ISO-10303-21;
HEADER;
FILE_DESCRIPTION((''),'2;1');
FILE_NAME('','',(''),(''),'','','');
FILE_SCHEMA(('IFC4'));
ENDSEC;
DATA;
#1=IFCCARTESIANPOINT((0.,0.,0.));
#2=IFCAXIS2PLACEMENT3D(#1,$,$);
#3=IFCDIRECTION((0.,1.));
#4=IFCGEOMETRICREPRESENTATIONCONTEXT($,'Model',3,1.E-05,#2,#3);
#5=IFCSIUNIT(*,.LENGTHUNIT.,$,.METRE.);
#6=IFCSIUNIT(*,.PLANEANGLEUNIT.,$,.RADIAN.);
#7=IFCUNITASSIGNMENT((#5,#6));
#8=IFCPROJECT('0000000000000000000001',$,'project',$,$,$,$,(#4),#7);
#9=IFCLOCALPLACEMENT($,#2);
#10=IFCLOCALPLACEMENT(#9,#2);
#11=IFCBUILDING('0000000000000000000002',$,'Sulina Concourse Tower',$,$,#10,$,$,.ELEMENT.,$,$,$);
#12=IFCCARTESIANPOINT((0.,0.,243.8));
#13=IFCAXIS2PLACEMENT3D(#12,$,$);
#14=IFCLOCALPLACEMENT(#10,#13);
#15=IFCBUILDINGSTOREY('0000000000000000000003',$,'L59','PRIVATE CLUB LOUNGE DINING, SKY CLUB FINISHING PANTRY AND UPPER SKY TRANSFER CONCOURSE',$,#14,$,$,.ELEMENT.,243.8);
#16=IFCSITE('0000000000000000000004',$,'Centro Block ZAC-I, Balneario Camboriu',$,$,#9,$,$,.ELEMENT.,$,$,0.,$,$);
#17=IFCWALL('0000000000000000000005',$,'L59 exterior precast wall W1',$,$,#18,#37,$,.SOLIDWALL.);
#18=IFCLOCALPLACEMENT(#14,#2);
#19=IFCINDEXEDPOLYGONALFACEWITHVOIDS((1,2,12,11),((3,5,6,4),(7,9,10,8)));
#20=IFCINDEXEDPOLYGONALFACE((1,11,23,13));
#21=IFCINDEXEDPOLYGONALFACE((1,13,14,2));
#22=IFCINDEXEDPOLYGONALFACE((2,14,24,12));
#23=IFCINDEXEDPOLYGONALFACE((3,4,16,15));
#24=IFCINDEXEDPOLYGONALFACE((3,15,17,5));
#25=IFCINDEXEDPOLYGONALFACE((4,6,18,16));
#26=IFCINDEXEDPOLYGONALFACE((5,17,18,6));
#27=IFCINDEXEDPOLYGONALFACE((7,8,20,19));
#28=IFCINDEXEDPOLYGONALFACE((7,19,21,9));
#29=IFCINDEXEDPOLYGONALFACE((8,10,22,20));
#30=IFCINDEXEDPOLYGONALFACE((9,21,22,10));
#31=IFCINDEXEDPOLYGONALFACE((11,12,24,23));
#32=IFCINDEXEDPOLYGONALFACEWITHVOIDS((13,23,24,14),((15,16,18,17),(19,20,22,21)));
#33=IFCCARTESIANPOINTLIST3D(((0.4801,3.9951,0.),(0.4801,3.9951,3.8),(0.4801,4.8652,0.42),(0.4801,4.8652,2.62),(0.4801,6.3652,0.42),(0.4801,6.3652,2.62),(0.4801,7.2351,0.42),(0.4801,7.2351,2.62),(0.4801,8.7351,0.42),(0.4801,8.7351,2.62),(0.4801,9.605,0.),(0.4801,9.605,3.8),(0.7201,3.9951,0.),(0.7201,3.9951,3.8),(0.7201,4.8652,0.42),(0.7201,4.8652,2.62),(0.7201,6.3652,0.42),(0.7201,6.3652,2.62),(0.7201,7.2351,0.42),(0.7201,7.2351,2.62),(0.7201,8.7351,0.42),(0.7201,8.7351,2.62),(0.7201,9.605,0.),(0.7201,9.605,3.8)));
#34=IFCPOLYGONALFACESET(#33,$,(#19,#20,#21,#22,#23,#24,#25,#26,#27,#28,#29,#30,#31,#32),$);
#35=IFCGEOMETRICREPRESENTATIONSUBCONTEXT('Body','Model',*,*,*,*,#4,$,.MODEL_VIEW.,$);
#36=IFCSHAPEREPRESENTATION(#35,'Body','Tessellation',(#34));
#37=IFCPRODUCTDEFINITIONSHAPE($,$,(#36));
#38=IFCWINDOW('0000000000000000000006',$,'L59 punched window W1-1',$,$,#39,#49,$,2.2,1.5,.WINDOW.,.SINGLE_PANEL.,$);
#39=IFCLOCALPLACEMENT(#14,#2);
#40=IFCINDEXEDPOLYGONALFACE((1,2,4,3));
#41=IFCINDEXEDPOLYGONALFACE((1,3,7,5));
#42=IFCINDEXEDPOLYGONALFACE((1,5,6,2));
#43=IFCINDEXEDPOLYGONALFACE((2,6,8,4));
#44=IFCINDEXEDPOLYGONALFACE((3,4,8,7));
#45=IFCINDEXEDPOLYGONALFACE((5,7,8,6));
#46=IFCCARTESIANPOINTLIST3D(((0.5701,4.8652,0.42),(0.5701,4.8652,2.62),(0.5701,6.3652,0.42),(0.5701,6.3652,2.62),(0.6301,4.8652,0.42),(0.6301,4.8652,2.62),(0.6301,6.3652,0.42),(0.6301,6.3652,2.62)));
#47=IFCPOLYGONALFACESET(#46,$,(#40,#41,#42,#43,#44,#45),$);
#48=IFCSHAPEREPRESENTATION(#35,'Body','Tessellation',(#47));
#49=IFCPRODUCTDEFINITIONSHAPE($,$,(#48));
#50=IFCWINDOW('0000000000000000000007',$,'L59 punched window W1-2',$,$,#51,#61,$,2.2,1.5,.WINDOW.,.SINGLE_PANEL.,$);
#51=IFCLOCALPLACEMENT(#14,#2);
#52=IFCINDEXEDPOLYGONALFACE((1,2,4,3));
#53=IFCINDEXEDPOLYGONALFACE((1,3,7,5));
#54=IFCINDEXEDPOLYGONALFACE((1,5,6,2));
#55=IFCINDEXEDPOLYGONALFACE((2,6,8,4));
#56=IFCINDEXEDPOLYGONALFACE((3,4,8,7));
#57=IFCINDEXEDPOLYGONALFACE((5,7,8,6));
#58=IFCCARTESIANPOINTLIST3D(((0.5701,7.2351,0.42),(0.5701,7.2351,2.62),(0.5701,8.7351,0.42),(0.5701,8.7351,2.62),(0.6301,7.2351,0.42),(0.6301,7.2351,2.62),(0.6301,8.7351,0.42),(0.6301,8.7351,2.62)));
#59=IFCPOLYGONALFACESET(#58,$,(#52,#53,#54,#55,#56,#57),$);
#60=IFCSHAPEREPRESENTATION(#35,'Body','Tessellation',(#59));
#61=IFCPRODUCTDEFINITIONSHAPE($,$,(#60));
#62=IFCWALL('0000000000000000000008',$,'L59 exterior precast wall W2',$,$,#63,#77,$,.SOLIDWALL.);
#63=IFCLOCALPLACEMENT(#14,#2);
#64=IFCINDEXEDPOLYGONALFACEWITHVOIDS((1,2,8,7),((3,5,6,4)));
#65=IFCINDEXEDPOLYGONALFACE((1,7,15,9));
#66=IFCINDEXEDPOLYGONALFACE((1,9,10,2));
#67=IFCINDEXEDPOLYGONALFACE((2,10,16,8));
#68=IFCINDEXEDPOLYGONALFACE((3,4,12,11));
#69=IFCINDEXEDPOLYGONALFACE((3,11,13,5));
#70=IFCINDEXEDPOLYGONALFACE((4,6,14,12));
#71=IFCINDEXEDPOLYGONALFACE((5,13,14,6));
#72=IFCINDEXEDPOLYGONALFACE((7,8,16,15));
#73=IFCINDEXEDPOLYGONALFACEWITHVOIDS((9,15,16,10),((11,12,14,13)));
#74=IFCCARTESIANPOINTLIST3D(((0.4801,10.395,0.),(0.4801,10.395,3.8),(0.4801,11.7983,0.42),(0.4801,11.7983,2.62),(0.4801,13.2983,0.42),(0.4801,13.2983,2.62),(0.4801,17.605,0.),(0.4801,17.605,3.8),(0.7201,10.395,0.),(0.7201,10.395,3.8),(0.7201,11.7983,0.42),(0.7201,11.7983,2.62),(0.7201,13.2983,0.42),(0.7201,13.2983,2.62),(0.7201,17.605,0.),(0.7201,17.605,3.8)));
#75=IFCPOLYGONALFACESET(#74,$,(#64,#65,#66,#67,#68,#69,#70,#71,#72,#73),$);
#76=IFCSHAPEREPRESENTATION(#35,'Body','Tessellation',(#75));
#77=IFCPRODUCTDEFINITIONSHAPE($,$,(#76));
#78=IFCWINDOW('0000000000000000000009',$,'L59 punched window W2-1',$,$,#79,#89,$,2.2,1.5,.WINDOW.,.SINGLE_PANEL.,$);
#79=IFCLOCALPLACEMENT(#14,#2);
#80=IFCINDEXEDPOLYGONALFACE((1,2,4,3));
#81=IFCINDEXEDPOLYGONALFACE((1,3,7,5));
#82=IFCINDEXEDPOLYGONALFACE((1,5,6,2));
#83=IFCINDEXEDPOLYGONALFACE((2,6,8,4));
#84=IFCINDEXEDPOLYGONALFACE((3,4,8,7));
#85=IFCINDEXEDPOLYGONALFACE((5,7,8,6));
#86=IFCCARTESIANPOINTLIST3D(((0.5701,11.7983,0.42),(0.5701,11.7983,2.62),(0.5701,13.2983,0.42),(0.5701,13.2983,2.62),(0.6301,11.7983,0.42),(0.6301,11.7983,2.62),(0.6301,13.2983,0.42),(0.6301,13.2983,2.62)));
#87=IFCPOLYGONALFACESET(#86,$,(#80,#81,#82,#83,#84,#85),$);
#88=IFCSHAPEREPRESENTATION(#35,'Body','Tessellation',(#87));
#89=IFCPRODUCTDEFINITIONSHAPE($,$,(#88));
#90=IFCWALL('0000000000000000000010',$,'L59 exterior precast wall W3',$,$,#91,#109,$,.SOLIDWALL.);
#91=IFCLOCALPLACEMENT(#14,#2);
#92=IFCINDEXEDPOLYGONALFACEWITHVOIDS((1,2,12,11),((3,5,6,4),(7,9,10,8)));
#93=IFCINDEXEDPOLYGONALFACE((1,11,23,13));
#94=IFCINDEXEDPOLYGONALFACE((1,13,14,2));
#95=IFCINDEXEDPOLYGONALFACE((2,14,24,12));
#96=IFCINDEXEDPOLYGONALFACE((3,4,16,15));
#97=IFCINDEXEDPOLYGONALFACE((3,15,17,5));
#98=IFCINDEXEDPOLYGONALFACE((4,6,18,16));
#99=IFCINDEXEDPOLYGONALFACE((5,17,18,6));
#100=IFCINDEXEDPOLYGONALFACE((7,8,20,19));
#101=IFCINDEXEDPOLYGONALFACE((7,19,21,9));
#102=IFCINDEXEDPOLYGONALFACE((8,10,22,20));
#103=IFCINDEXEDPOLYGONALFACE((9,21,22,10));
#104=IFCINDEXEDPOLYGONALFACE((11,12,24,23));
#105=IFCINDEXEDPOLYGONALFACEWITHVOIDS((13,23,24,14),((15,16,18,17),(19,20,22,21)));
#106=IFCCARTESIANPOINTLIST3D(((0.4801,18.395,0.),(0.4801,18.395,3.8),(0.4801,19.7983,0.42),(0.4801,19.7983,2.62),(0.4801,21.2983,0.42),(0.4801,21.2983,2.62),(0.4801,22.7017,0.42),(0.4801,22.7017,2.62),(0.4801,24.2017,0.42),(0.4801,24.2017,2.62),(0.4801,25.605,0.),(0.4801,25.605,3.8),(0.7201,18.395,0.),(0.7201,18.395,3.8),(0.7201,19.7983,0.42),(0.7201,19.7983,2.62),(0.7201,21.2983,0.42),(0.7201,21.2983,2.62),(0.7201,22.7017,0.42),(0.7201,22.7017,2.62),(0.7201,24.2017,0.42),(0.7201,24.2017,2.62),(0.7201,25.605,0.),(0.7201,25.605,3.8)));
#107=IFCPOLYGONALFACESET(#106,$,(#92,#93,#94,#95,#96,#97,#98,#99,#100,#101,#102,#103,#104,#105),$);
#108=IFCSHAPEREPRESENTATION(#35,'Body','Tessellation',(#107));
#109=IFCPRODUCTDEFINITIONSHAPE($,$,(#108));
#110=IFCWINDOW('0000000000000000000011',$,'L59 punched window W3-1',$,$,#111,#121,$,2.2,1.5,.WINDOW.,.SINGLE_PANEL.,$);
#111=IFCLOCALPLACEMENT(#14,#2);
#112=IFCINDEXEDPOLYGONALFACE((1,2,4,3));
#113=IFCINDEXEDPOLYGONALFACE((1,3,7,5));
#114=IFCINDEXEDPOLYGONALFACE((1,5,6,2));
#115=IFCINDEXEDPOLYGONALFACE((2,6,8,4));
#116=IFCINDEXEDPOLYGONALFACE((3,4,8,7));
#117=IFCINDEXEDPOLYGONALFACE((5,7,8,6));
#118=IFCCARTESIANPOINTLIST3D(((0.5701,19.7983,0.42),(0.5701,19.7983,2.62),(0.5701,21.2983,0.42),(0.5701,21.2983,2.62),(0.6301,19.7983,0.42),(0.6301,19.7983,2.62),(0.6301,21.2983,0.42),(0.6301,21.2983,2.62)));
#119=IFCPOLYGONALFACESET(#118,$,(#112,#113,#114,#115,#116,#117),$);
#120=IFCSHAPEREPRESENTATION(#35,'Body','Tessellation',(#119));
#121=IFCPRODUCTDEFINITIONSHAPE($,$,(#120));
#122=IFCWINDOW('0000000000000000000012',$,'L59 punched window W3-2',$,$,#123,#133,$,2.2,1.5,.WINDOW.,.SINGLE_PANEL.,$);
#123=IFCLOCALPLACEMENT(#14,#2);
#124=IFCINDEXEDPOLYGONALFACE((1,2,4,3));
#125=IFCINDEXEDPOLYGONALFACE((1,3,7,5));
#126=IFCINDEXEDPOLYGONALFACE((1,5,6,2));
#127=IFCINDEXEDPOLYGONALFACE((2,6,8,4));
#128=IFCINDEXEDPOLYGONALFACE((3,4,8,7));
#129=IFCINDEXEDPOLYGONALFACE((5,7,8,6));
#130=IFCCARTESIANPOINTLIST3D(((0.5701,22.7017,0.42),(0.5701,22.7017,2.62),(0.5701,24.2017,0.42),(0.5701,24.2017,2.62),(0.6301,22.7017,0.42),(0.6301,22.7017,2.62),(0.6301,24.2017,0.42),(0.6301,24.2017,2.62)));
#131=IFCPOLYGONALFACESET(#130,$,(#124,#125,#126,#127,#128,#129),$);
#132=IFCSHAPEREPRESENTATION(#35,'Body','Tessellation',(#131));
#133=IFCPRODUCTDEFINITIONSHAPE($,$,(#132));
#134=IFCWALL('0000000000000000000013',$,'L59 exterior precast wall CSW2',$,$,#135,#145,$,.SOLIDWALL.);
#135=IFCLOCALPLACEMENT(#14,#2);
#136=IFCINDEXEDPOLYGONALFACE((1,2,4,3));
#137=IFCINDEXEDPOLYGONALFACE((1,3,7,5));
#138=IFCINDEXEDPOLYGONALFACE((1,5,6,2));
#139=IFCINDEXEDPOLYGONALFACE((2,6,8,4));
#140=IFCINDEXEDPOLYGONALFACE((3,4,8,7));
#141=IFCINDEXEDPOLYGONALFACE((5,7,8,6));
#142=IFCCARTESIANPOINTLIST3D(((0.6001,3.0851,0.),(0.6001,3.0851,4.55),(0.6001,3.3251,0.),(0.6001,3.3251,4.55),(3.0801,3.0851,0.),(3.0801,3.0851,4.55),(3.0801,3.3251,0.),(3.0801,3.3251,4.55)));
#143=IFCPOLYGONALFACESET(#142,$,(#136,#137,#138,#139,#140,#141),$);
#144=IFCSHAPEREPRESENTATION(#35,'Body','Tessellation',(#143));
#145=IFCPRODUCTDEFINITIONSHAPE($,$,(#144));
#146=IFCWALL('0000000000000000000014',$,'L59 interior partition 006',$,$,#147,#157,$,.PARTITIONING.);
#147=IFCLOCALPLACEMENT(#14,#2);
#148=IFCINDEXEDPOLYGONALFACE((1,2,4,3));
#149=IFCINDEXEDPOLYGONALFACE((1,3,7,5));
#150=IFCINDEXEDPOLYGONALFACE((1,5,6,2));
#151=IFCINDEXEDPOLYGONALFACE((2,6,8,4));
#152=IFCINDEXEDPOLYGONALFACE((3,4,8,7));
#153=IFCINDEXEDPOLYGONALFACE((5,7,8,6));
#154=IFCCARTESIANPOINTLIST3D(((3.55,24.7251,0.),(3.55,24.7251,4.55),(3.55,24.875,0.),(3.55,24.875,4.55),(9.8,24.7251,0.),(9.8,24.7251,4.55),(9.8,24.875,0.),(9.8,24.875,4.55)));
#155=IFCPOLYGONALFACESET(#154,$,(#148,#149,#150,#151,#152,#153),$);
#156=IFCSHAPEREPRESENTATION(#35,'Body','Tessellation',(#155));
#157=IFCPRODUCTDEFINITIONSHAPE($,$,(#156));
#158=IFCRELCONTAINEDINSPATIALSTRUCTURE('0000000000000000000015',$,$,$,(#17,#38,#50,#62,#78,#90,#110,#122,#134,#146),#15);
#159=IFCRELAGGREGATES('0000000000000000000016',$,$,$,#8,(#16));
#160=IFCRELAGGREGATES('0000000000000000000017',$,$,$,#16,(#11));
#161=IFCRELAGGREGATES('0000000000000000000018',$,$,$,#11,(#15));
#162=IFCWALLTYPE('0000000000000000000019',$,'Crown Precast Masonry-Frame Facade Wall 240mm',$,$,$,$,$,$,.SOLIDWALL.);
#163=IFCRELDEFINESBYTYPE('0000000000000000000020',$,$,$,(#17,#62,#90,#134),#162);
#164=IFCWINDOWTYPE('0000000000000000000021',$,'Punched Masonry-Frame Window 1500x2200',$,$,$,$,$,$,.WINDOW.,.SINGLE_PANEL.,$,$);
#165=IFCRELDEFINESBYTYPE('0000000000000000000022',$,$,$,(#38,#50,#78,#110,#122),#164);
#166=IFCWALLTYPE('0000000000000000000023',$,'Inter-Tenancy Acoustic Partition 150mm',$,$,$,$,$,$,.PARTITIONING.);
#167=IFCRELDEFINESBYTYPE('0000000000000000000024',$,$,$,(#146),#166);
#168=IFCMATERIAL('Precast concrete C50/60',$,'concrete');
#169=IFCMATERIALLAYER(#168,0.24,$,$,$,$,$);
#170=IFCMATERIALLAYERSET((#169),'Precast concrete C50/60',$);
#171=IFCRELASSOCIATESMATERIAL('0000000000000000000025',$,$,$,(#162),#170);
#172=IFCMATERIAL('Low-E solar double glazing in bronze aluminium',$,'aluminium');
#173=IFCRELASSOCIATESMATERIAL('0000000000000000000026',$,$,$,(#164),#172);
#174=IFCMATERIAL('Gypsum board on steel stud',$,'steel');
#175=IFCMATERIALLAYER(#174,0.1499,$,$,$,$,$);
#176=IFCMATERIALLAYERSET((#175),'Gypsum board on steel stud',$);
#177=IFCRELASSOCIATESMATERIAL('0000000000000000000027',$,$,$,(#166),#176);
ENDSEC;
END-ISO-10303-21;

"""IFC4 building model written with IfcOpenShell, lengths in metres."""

from ifc_helpers import new_model, si_unit, direction, frame, frame_2d, origin, place, context, subcontext, project, spatial, rectangle, extrude, material, layer, layer_set, type_object, element, fill, save


model = new_model("IFC4")

# Units and contexts
model_context = context("Model", 3, precision=1e-05, world=origin(), true_north=direction((0.0, 1.0)))
body_context = subcontext(model_context, "Body", "Model", "MODEL_VIEW")
ifc_project = project(units=[si_unit("LENGTHUNIT", "METRE"), si_unit("PLANEANGLEUNIT", "RADIAN")], contexts=[model_context])

# Site, building, storey
site_placement = place(None, origin())
site = spatial("IfcSite", under=ifc_project, at=site_placement, Name="Centro Block ZAC-I, Balneario Camboriu", CompositionType="ELEMENT", RefElevation=0.0)
building_placement = place(site_placement, origin())
building = spatial("IfcBuilding", under=site, at=building_placement, Name="Sulina Concourse Tower", CompositionType="ELEMENT")
storey_placement = place(building_placement, frame((0.0, 0.0, 243.8)))
storey = spatial("IfcBuildingStorey", under=building, at=storey_placement, Name="L59", Description="PRIVATE CLUB LOUNGE DINING, SKY CLUB FINISHING PANTRY AND UPPER SKY TRANSFER CONCOURSE", CompositionType="ELEMENT", Elevation=243.8)

# Wall, openings, windows
ifc_material_1 = material(Name="Precast concrete C50/60", Category="concrete")
ifc_layer_1 = layer(ifc_material_1, 0.24)
ifc_layer_set_1 = layer_set([ifc_layer_1], Name="Precast concrete C50/60")
wall_type_1 = type_object("IfcWallType", Name="Crown Precast Masonry-Frame Facade Wall 240mm", PredefinedType="SOLIDWALL", material=ifc_layer_set_1)
wall_1_placement = place(storey_placement, frame((0.6001, 3.9951, 0.0), z_axis=(0.0, 0.0, 1.0), x_axis=(0.0, 1.0, 0.0)))
wall_1 = element("IfcWall", 1, at=wall_1_placement, inside=storey, type_object=wall_type_1, Name="L59 exterior precast wall W1", PredefinedType="SOLIDWALL", context=body_context, shape_type="SweptSolid", body=[
    extrude(rectangle(XDim=5.6099, YDim=0.24, at=frame_2d((2.8049, 0.0))), origin(), (0.0, 0.0, 1.0), 3.8),
])
opening_1_placement = place(wall_1_placement, frame((0.8701, 0.0, 0.4199)))
opening_1 = element("IfcOpeningElement", 2, at=opening_1_placement, cuts=wall_1, PredefinedType="OPENING", context=body_context, shape_type="SweptSolid", body=[
    extrude(rectangle(XDim=1.5, YDim=2.2, at=frame_2d((0.75, 1.1001))), frame((0.0, 0.1299, 0.0), z_axis=(0.0, -1.0, 0.0), x_axis=(1.0, 0.0, 0.0)), (0.0, 0.0, 1.0), 0.26),
])
opening_2_placement = place(wall_1_placement, frame((3.24, 0.0, 0.4199)))
opening_2 = element("IfcOpeningElement", 3, at=opening_2_placement, cuts=wall_1, PredefinedType="OPENING", context=body_context, shape_type="SweptSolid", body=[
    extrude(rectangle(XDim=1.5, YDim=2.2, at=frame_2d((0.75, 1.1001))), frame((0.0, 0.1299, 0.0), z_axis=(0.0, -1.0, 0.0), x_axis=(1.0, 0.0, 0.0)), (0.0, 0.0, 1.0), 0.26),
])
ifc_material_2 = material(Name="Low-E solar double glazing in bronze aluminium", Category="aluminium")
window_type = type_object("IfcWindowType", Name="Punched Masonry-Frame Window 1500x2200", PartitioningType="SINGLE_PANEL", PredefinedType="WINDOW", material=ifc_material_2)
window_1_placement = place(opening_1_placement, origin())
window_1 = element("IfcWindow", 4, at=window_1_placement, inside=storey, type_object=window_type, Name="L59 punched window W1-1", OverallHeight=2.2, OverallWidth=1.5, PartitioningType="SINGLE_PANEL", PredefinedType="WINDOW", context=body_context, shape_type="SweptSolid", body=[
    extrude(rectangle(XDim=1.5, YDim=2.2, at=frame_2d((0.75, 1.1001))), frame((0.0, 0.03, 0.0), z_axis=(0.0, -1.0, 0.0), x_axis=(1.0, 0.0, 0.0)), (0.0, 0.0, 1.0), 0.0601),
])
fill(opening_1, window_1)
window_2_placement = place(opening_2_placement, origin())
window_2 = element("IfcWindow", 5, at=window_2_placement, inside=storey, type_object=window_type, Name="L59 punched window W1-2", OverallHeight=2.2, OverallWidth=1.5, PartitioningType="SINGLE_PANEL", PredefinedType="WINDOW", context=body_context, shape_type="SweptSolid", body=[
    extrude(rectangle(XDim=1.5, YDim=2.2, at=frame_2d((0.75, 1.1001))), frame((0.0, 0.03, 0.0), z_axis=(0.0, -1.0, 0.0), x_axis=(1.0, 0.0, 0.0)), (0.0, 0.0, 1.0), 0.0601),
])
fill(opening_2, window_2)

# Wall, opening, window
wall_2_placement = place(storey_placement, frame((0.6001, 10.395, 0.0), z_axis=(0.0, 0.0, 1.0), x_axis=(0.0, 1.0, 0.0)))
wall_2 = element("IfcWall", 6, at=wall_2_placement, inside=storey, type_object=wall_type_1, Name="L59 exterior precast wall W2", PredefinedType="SOLIDWALL", context=body_context, shape_type="SweptSolid", body=[
    extrude(rectangle(XDim=7.21, YDim=0.24, at=frame_2d((3.605, 0.0))), origin(), (0.0, 0.0, 1.0), 3.8),
])
opening_3_placement = place(wall_2_placement, frame((1.4033, 0.0, 0.4199)))
opening_3 = element("IfcOpeningElement", 7, at=opening_3_placement, cuts=wall_2, PredefinedType="OPENING", context=body_context, shape_type="SweptSolid", body=[
    extrude(rectangle(XDim=1.5, YDim=2.2, at=frame_2d((0.75, 1.1001))), frame((0.0, 0.1299, 0.0), z_axis=(0.0, -1.0, 0.0), x_axis=(1.0, 0.0, 0.0)), (0.0, 0.0, 1.0), 0.26),
])
window_3_placement = place(opening_3_placement, origin())
window_3 = element("IfcWindow", 8, at=window_3_placement, inside=storey, type_object=window_type, Name="L59 punched window W2-1", OverallHeight=2.2, OverallWidth=1.5, PartitioningType="SINGLE_PANEL", PredefinedType="WINDOW", context=body_context, shape_type="SweptSolid", body=[
    extrude(rectangle(XDim=1.5, YDim=2.2, at=frame_2d((0.75, 1.1001))), frame((0.0, 0.03, 0.0), z_axis=(0.0, -1.0, 0.0), x_axis=(1.0, 0.0, 0.0)), (0.0, 0.0, 1.0), 0.0601),
])
fill(opening_3, window_3)

# Wall, openings, windows
wall_3_placement = place(storey_placement, frame((0.6001, 18.395, 0.0), z_axis=(0.0, 0.0, 1.0), x_axis=(0.0, 1.0, 0.0)))
wall_3 = element("IfcWall", 9, at=wall_3_placement, inside=storey, type_object=wall_type_1, Name="L59 exterior precast wall W3", PredefinedType="SOLIDWALL", context=body_context, shape_type="SweptSolid", body=[
    extrude(rectangle(XDim=7.21, YDim=0.24, at=frame_2d((3.605, 0.0))), origin(), (0.0, 0.0, 1.0), 3.8),
])
opening_4_placement = place(wall_3_placement, frame((1.4033, 0.0, 0.4199)))
opening_4 = element("IfcOpeningElement", 10, at=opening_4_placement, cuts=wall_3, PredefinedType="OPENING", context=body_context, shape_type="SweptSolid", body=[
    extrude(rectangle(XDim=1.5, YDim=2.2, at=frame_2d((0.75, 1.1001))), frame((0.0, 0.1299, 0.0), z_axis=(0.0, -1.0, 0.0), x_axis=(1.0, 0.0, 0.0)), (0.0, 0.0, 1.0), 0.26),
])
opening_5_placement = place(wall_3_placement, frame((4.3066, 0.0, 0.4199)))
opening_5 = element("IfcOpeningElement", 11, at=opening_5_placement, cuts=wall_3, PredefinedType="OPENING", context=body_context, shape_type="SweptSolid", body=[
    extrude(rectangle(XDim=1.5, YDim=2.2, at=frame_2d((0.75, 1.1001))), frame((0.0, 0.1299, 0.0), z_axis=(0.0, -1.0, 0.0), x_axis=(1.0, 0.0, 0.0)), (0.0, 0.0, 1.0), 0.26),
])
window_4_placement = place(opening_4_placement, origin())
window_4 = element("IfcWindow", 12, at=window_4_placement, inside=storey, type_object=window_type, Name="L59 punched window W3-1", OverallHeight=2.2, OverallWidth=1.5, PartitioningType="SINGLE_PANEL", PredefinedType="WINDOW", context=body_context, shape_type="SweptSolid", body=[
    extrude(rectangle(XDim=1.5, YDim=2.2, at=frame_2d((0.75, 1.1001))), frame((0.0, 0.03, 0.0), z_axis=(0.0, -1.0, 0.0), x_axis=(1.0, 0.0, 0.0)), (0.0, 0.0, 1.0), 0.0601),
])
fill(opening_4, window_4)
window_5_placement = place(opening_5_placement, origin())
window_5 = element("IfcWindow", 13, at=window_5_placement, inside=storey, type_object=window_type, Name="L59 punched window W3-2", OverallHeight=2.2, OverallWidth=1.5, PartitioningType="SINGLE_PANEL", PredefinedType="WINDOW", context=body_context, shape_type="SweptSolid", body=[
    extrude(rectangle(XDim=1.5, YDim=2.2, at=frame_2d((0.75, 1.1001))), frame((0.0, 0.03, 0.0), z_axis=(0.0, -1.0, 0.0), x_axis=(1.0, 0.0, 0.0)), (0.0, 0.0, 1.0), 0.0601),
])
fill(opening_5, window_5)

# Walls
wall_4_placement = place(storey_placement, frame((3.0801, 3.2051, 0.0), z_axis=(0.0, 0.0, 1.0), x_axis=(-1.0, 0.0, 0.0)))
element("IfcWall", 14, at=wall_4_placement, inside=storey, type_object=wall_type_1, Name="L59 exterior precast wall CSW2", PredefinedType="SOLIDWALL", context=body_context, shape_type="SweptSolid", body=[
    extrude(rectangle(XDim=2.48, YDim=0.24, at=frame_2d((1.24, 0.0))), origin(), (0.0, 0.0, 1.0), 4.55),
])
ifc_material_3 = material(Name="Gypsum board on steel stud", Category="steel")
ifc_layer_2 = layer(ifc_material_3, 0.1499)
ifc_layer_set_2 = layer_set([ifc_layer_2], Name="Gypsum board on steel stud")
wall_type_2 = type_object("IfcWallType", Name="Inter-Tenancy Acoustic Partition 150mm", PredefinedType="PARTITIONING", material=ifc_layer_set_2)
wall_5_placement = place(storey_placement, frame((3.55, 24.8, 0.0), z_axis=(0.0, 0.0, 1.0), x_axis=(1.0, 0.0, 0.0)))
element("IfcWall", 15, at=wall_5_placement, inside=storey, type_object=wall_type_2, Name="L59 interior partition 006", PredefinedType="PARTITIONING", context=body_context, shape_type="SweptSolid", body=[
    extrude(rectangle(XDim=6.25, YDim=0.1499, at=frame_2d((3.125, 0.0))), origin(), (0.0, 0.0, 1.0), 4.55),
])

save(model, "model.ifc")
